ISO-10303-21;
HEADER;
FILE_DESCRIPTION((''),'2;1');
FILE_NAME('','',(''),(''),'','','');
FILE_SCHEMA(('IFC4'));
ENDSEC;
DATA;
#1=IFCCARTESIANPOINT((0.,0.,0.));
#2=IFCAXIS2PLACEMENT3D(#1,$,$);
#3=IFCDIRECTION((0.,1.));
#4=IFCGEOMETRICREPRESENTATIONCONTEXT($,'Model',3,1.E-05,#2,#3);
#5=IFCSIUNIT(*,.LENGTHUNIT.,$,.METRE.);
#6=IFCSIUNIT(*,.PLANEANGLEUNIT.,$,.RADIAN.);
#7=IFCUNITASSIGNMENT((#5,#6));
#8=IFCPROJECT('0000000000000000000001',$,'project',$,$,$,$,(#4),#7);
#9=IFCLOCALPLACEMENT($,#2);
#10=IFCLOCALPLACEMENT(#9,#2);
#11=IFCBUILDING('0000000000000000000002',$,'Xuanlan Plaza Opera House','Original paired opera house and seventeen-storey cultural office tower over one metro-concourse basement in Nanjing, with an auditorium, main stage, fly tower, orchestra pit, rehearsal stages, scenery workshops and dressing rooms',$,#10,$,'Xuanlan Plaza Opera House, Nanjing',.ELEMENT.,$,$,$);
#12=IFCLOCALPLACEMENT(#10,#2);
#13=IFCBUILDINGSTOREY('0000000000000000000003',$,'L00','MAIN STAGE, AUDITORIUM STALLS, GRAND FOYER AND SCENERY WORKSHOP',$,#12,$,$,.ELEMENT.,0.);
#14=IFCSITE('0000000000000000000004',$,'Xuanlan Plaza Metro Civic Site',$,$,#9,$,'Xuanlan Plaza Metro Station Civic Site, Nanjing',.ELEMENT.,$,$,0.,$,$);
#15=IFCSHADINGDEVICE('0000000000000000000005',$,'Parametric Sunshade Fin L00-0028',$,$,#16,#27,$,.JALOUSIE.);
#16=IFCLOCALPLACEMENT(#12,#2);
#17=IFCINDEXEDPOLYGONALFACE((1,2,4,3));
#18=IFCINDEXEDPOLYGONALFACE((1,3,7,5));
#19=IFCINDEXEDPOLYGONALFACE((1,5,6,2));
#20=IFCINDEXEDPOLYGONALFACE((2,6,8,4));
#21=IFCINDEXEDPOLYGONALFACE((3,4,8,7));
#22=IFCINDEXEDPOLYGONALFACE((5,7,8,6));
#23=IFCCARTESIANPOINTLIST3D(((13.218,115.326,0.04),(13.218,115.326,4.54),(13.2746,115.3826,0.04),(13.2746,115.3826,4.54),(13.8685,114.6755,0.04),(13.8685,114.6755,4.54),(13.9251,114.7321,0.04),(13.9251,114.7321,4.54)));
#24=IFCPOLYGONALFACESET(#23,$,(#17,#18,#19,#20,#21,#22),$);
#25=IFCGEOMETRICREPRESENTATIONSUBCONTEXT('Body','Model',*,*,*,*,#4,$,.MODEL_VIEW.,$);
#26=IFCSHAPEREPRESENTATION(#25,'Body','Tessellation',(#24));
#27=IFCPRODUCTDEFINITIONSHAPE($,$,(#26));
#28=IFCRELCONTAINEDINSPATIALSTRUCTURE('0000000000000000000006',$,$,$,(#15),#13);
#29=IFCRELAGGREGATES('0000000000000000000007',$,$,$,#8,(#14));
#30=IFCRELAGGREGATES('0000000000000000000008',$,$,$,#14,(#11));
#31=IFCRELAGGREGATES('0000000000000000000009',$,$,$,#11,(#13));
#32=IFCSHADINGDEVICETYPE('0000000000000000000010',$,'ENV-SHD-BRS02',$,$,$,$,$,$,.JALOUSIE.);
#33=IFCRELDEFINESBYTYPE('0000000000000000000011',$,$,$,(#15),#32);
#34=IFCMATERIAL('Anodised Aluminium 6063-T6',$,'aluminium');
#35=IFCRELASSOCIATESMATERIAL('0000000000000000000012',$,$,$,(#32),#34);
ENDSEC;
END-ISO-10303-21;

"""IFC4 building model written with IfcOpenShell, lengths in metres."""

from ifc_helpers import new_model, si_unit, direction, frame, origin, origin_2d, place, context, subcontext, project, spatial, rectangle, extrude, material, type_object, element, save


model = new_model("IFC4")

# Units and contexts
model_context = context("Model", 3, precision=1e-05, world=origin(), true_north=direction((0.0, 1.0)))
body_context = subcontext(model_context, "Body", "Model", "MODEL_VIEW")
ifc_project = project(units=[si_unit("LENGTHUNIT", "METRE"), si_unit("PLANEANGLEUNIT", "RADIAN")], contexts=[model_context])

# Site, building, storey
site_placement = place(None, origin())
site = spatial("IfcSite", under=ifc_project, at=site_placement, Name="Xuanlan Plaza Metro Civic Site", LongName="Xuanlan Plaza Metro Station Civic Site, Nanjing", CompositionType="ELEMENT", RefElevation=0.0)
building_placement = place(site_placement, origin())
building = spatial("IfcBuilding", under=site, at=building_placement, Name="Xuanlan Plaza Opera House", Description="Original paired opera house and seventeen-storey cultural office tower over one metro-concourse basement in Nanjing, with an auditorium, main stage, fly tower, orchestra pit, rehearsal stages, scenery workshops and dressing rooms", LongName="Xuanlan Plaza Opera House, Nanjing", CompositionType="ELEMENT")
storey_placement = place(building_placement, origin())
storey = spatial("IfcBuildingStorey", under=building, at=storey_placement, Name="L00", Description="MAIN STAGE, AUDITORIUM STALLS, GRAND FOYER AND SCENERY WORKSHOP", CompositionType="ELEMENT", Elevation=0.0)

# Shared definitions
ifc_material_1 = material(Name="Anodised Aluminium 6063-T6", Category="aluminium")

# Shading device
shading_device_type = type_object("IfcShadingDeviceType", Name="ENV-SHD-BRS02", PredefinedType="JALOUSIE", material=ifc_material_1)
shading_device_placement = place(storey_placement, frame((13.5715, 115.0291, 0.04), z_axis=(0.0, 0.0, 1.0), x_axis=(-0.707107, 0.707107, 0.0)))
element("IfcShadingDevice", 1, at=shading_device_placement, inside=storey, type_object=shading_device_type, Name="Parametric Sunshade Fin L00-0028", PredefinedType="JALOUSIE", context=body_context, shape_type="SweptSolid", body=[
    extrude(rectangle(XDim=0.9199, YDim=0.0801, at=origin_2d()), origin(), (0.0, 0.0, 1.0), 4.5),
])

save(model, "model.ifc")
